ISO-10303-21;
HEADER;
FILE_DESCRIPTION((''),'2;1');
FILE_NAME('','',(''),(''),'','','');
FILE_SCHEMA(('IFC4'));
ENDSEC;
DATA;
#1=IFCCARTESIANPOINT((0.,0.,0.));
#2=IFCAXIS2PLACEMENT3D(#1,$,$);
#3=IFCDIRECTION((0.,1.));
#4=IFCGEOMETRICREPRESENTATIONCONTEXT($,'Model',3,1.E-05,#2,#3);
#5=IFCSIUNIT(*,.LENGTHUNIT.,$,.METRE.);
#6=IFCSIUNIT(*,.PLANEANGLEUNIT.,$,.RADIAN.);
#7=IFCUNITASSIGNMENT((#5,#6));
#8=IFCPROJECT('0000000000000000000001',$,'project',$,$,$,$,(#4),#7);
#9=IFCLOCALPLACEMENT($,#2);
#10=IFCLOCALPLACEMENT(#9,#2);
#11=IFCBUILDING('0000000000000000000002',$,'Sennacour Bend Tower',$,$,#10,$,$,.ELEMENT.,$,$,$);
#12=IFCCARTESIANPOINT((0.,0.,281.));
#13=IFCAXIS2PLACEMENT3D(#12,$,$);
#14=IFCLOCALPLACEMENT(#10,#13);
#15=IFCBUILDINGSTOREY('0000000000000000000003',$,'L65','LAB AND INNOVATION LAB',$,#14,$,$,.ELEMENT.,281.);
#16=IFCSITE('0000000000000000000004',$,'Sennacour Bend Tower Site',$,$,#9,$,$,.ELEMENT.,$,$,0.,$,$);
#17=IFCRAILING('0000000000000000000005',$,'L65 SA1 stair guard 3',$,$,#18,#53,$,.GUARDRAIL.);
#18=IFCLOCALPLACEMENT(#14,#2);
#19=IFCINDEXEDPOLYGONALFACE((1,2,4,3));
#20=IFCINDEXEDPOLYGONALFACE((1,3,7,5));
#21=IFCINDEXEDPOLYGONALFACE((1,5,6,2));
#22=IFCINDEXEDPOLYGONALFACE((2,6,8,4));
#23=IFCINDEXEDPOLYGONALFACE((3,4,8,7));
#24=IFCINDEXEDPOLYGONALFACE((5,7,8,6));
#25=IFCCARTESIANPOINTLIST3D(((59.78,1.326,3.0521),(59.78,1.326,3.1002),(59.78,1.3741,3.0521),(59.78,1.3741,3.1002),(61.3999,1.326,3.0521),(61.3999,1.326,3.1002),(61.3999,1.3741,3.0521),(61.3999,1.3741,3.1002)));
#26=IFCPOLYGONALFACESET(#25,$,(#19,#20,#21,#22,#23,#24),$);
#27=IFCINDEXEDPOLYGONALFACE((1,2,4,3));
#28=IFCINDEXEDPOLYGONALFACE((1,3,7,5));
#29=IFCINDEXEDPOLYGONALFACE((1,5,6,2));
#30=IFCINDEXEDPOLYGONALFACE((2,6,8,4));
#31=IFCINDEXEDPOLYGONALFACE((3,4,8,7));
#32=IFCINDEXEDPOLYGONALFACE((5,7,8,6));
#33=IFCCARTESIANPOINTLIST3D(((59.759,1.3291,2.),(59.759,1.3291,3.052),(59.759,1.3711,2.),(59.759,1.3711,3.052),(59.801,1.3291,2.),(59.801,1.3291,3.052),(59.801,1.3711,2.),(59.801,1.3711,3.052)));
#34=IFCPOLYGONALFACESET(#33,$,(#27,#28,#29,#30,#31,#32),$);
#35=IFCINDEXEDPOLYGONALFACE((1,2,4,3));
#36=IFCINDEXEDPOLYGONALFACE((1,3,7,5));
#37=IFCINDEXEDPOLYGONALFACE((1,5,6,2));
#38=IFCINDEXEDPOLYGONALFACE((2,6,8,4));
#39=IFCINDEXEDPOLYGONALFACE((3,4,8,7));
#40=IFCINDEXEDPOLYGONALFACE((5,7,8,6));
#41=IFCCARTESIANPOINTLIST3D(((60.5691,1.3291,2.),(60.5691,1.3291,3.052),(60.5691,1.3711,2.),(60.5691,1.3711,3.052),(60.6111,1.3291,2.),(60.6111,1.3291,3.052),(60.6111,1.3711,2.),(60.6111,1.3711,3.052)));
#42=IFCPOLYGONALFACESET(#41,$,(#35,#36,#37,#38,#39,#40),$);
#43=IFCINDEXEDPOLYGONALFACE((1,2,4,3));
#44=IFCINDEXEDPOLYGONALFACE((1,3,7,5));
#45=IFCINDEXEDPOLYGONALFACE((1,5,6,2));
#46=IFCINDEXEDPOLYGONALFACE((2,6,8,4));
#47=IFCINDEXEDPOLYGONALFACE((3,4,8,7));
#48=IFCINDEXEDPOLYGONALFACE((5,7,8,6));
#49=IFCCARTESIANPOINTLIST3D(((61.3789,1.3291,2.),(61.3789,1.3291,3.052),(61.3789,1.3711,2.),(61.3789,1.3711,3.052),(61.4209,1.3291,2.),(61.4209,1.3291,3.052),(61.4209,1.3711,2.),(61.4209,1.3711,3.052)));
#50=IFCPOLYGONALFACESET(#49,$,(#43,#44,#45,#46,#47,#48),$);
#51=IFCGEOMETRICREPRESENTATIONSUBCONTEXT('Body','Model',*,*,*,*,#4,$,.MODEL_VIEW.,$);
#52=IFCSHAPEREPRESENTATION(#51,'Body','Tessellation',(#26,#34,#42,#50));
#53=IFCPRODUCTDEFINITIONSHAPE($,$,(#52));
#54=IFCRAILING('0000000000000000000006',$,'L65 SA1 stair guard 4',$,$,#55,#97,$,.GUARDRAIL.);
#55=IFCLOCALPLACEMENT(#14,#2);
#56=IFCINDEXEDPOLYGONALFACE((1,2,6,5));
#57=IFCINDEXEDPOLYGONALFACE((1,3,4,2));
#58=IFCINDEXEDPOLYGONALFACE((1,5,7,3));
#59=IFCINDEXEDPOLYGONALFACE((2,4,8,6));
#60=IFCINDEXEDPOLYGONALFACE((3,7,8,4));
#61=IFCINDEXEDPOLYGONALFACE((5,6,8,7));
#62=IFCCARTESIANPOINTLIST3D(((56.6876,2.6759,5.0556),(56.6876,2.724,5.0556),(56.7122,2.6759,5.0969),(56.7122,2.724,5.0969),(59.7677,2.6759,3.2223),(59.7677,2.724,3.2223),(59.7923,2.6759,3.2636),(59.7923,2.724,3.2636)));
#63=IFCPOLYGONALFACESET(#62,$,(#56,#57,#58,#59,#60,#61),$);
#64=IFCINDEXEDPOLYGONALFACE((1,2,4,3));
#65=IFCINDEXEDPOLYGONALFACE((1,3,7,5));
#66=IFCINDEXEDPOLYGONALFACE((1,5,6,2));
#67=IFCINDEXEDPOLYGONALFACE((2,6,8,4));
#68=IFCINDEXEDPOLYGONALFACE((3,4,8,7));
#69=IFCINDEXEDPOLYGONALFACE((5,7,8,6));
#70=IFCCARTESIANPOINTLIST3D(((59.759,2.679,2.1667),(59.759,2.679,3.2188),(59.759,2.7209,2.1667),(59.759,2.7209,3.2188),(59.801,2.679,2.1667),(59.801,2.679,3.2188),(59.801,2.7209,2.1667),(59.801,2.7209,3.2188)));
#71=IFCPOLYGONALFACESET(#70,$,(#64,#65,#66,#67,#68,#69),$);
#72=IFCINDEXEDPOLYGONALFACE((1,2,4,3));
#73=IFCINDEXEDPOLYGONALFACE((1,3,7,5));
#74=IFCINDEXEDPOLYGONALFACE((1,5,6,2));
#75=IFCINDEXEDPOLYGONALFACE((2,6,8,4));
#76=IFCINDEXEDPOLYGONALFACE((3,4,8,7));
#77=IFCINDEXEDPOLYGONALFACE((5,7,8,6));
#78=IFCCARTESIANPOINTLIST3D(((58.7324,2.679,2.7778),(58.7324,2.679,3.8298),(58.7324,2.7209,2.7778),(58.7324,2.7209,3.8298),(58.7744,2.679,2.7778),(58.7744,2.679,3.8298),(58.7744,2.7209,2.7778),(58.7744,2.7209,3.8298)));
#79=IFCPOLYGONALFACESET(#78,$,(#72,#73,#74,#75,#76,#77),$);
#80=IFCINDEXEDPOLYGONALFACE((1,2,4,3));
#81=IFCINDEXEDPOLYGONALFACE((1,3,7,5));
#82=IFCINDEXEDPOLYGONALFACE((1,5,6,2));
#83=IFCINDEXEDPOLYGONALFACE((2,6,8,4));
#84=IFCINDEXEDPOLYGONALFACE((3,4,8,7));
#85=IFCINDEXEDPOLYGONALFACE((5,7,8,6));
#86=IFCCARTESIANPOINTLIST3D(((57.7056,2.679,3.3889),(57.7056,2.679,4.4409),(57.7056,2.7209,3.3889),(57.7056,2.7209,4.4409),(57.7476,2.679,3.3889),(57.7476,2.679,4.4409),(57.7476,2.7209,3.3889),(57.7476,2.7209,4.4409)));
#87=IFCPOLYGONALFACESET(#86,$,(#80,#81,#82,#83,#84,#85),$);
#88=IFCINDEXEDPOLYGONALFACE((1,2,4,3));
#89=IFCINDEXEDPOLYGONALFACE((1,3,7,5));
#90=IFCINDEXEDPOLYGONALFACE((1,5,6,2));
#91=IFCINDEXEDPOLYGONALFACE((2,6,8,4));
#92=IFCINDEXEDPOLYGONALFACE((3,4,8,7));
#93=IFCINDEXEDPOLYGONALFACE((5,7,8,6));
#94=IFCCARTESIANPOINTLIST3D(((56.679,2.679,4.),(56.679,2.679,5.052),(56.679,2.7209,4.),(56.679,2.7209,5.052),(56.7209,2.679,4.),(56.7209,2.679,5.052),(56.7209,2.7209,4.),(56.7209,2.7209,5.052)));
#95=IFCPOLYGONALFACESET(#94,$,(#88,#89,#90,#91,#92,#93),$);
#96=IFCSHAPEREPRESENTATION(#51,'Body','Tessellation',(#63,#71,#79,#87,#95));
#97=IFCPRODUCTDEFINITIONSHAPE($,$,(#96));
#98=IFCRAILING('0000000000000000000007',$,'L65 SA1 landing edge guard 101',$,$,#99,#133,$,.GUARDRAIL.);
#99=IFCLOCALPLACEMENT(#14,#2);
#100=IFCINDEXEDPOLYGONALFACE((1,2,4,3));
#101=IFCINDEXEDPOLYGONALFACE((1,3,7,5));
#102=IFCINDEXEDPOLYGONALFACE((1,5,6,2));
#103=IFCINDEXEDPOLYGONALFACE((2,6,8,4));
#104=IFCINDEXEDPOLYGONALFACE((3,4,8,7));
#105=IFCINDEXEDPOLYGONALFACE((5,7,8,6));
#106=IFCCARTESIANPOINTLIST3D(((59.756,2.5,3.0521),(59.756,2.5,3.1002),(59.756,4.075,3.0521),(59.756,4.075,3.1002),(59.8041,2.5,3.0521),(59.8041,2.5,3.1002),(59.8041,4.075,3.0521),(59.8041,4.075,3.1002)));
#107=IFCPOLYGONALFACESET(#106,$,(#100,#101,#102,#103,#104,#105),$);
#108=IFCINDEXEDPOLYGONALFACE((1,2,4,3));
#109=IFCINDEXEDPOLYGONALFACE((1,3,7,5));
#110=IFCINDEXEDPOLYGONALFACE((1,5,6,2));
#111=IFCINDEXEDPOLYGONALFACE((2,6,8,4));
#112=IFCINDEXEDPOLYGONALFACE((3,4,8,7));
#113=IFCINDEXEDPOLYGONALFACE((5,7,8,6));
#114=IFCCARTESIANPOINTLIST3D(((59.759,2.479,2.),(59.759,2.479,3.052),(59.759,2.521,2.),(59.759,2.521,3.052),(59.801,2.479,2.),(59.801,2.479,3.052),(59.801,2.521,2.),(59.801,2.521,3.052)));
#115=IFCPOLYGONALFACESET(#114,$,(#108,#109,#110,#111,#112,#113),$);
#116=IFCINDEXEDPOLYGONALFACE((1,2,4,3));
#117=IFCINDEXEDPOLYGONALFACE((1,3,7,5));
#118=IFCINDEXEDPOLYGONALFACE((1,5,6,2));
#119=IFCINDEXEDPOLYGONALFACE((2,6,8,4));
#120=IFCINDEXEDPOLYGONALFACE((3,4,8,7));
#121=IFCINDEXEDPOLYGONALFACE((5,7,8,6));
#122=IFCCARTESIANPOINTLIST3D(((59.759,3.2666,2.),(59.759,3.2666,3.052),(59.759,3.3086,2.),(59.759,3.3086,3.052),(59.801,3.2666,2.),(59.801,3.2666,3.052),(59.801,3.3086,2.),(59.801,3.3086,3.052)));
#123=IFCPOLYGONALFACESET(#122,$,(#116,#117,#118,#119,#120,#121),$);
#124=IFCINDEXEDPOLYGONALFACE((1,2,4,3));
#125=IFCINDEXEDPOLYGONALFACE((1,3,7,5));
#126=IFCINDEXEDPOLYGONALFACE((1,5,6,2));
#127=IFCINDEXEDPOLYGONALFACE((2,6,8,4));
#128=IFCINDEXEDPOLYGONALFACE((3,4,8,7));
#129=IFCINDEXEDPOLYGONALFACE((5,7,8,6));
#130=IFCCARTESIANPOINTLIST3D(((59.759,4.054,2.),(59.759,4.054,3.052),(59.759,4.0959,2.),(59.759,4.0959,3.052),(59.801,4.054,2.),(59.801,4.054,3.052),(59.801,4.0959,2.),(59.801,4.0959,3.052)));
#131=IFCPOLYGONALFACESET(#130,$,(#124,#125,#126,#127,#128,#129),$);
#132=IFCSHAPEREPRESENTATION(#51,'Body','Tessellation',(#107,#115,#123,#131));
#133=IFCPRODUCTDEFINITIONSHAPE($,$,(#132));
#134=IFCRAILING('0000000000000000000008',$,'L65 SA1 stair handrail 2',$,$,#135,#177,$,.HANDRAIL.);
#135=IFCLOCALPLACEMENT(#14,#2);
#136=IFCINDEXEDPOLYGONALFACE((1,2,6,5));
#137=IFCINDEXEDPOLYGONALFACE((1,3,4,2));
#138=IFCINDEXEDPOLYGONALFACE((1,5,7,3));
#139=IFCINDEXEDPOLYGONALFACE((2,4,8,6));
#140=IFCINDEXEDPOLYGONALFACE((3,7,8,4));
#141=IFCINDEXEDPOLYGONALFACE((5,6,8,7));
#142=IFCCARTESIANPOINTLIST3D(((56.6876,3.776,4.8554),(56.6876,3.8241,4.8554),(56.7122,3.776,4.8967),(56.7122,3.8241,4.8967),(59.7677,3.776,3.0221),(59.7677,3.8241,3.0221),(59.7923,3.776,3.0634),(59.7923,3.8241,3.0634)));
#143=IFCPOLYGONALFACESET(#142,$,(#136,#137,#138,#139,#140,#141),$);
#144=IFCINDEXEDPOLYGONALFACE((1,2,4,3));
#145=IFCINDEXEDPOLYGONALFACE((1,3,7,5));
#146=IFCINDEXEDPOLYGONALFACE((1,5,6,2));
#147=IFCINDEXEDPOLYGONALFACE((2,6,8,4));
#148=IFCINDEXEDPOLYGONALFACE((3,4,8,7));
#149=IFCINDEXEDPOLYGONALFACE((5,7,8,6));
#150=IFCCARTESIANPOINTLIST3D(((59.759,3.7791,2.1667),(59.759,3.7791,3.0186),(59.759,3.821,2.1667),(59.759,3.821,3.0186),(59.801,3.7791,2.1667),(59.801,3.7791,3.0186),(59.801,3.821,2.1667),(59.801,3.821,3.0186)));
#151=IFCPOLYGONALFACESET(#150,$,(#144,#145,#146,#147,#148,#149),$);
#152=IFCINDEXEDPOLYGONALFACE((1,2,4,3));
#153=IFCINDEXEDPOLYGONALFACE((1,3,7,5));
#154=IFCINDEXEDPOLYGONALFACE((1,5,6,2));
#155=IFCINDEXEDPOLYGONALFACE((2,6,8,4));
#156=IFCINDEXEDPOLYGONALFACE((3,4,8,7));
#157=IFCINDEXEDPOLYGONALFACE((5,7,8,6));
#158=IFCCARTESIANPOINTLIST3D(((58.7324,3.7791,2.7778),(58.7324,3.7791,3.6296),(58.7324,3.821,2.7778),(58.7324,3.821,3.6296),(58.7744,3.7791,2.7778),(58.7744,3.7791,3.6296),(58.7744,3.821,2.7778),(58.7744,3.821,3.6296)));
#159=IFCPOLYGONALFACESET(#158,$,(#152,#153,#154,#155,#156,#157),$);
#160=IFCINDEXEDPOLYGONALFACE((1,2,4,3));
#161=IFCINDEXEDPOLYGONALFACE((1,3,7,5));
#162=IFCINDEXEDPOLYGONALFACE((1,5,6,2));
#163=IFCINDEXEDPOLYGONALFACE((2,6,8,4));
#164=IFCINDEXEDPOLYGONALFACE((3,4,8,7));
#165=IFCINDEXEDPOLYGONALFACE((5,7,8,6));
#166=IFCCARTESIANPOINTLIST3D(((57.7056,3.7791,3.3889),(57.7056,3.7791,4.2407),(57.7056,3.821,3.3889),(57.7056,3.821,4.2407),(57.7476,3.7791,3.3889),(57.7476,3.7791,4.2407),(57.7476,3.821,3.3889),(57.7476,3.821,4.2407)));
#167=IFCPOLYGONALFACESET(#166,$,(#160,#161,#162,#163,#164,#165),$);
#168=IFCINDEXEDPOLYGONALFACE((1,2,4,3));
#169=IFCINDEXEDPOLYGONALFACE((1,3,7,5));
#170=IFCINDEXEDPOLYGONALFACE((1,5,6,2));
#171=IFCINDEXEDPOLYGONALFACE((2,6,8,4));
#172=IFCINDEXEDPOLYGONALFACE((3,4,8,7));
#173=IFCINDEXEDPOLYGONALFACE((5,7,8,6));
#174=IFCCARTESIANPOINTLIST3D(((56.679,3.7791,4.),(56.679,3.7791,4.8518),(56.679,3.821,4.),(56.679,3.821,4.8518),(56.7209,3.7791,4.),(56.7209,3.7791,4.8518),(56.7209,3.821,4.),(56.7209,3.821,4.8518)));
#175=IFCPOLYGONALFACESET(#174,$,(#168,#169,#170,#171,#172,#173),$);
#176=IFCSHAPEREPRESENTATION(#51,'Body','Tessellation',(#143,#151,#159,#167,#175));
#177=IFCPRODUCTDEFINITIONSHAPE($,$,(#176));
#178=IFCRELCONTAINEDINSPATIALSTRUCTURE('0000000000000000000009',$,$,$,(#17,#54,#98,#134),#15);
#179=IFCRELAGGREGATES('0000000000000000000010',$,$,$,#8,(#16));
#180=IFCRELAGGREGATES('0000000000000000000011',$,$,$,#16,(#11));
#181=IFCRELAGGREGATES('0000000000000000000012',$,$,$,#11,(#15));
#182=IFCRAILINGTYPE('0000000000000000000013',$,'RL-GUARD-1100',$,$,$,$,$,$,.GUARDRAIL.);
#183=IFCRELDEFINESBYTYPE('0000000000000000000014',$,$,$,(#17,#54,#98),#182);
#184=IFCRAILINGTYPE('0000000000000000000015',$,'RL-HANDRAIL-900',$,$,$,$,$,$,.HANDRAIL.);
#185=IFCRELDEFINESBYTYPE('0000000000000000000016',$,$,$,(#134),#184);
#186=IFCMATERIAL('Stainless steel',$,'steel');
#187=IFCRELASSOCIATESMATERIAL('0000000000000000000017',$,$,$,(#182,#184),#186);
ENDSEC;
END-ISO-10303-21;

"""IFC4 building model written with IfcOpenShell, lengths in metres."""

from ifc_helpers import new_model, si_unit, direction, frame, origin, origin_2d, place, context, subcontext, project, spatial, rectangle, extrude, material, type_object, element, save


model = new_model("IFC4")

# Units and contexts
model_context = context("Model", 3, precision=1e-05, world=origin(), true_north=direction((0.0, 1.0)))
body_context = subcontext(model_context, "Body", "Model", "MODEL_VIEW")
ifc_project = project(units=[si_unit("LENGTHUNIT", "METRE"), si_unit("PLANEANGLEUNIT", "RADIAN")], contexts=[model_context])

# Site, building, storey
site_placement = place(None, origin())
site = spatial("IfcSite", under=ifc_project, at=site_placement, Name="Sennacour Bend Tower Site", CompositionType="ELEMENT", RefElevation=0.0)
building_placement = place(site_placement, origin())
building = spatial("IfcBuilding", under=site, at=building_placement, Name="Sennacour Bend Tower", CompositionType="ELEMENT")
storey_placement = place(building_placement, frame((0.0, 0.0, 281.0)))
storey = spatial("IfcBuildingStorey", under=building, at=storey_placement, Name="L65", Description="LAB AND INNOVATION LAB", CompositionType="ELEMENT", Elevation=281.0)

# Shared definitions
ifc_material_1 = material(Name="Stainless steel", Category="steel")

# Railings
railing_type_1 = type_object("IfcRailingType", Name="RL-GUARD-1100", PredefinedType="GUARDRAIL", material=ifc_material_1)
railing_1_placement = place(storey_placement, frame((59.78, 1.3501, 2.0)))
element("IfcRailing", 1, at=railing_1_placement, inside=storey, type_object=railing_type_1, Name="L65 SA1 stair guard 3", PredefinedType="GUARDRAIL", context=body_context, shape_type="SweptSolid", body=[
    extrude(rectangle(XDim=0.0481, YDim=0.0481, at=origin_2d()), frame((0.0, 0.0, 1.0762), z_axis=(1.0, 0.0, 0.0), x_axis=(0.0, 1.0, 0.0)), (0.0, 0.0, 1.0), 1.6199),
    extrude(rectangle(XDim=0.042, YDim=0.042, at=origin_2d()), origin(), (0.0, 0.0, 1.0), 1.052),
    extrude(rectangle(XDim=0.042, YDim=0.042, at=origin_2d()), frame((0.8101, 0.0, 0.0)), (0.0, 0.0, 1.0), 1.052),
    extrude(rectangle(XDim=0.042, YDim=0.042, at=origin_2d()), frame((1.6199, 0.0, 0.0)), (0.0, 0.0, 1.0), 1.052),
])
railing_2_placement = place(storey_placement, frame((59.78, 2.7, 2.1667)))
element("IfcRailing", 2, at=railing_2_placement, inside=storey, type_object=railing_type_1, Name="L65 SA1 stair guard 4", PredefinedType="GUARDRAIL", context=body_context, shape_type="SweptSolid", body=[
    extrude(rectangle(XDim=0.0481, YDim=0.0481, at=origin_2d()), frame((0.0, 0.0, 1.0762), z_axis=(-0.859309, 0.0, 0.511458), x_axis=(0.0, -1.0, 0.0)), (0.0, 0.0, 1.0), 3.5845),
    extrude(rectangle(XDim=0.042, YDim=0.042, at=origin_2d()), origin(), (0.0, 0.0, 1.0), 1.052),
    extrude(rectangle(XDim=0.042, YDim=0.042, at=origin_2d()), frame((-1.0266, 0.0, 0.6111)), (0.0, 0.0, 1.0), 1.052),
    extrude(rectangle(XDim=0.042, YDim=0.042, at=origin_2d()), frame((-2.0535, 0.0, 1.2222)), (0.0, 0.0, 1.0), 1.052),
    extrude(rectangle(XDim=0.042, YDim=0.042, at=origin_2d()), frame((-3.0801, 0.0, 1.8333)), (0.0, 0.0, 1.0), 1.052),
])
railing_3_placement = place(storey_placement, frame((59.78, 2.5, 2.0)))
element("IfcRailing", 3, at=railing_3_placement, inside=storey, type_object=railing_type_1, Name="L65 SA1 landing edge guard 101", PredefinedType="GUARDRAIL", context=body_context, shape_type="SweptSolid", body=[
    extrude(rectangle(XDim=0.0481, YDim=0.0481, at=origin_2d()), frame((0.0, 0.0, 1.0762), z_axis=(0.0, 1.0, 0.0), x_axis=(-1.0, 0.0, 0.0)), (0.0, 0.0, 1.0), 1.575),
    extrude(rectangle(XDim=0.042, YDim=0.042, at=origin_2d()), origin(), (0.0, 0.0, 1.0), 1.052),
    extrude(rectangle(XDim=0.042, YDim=0.042, at=origin_2d()), frame((0.0, 0.7876, 0.0)), (0.0, 0.0, 1.0), 1.052),
    extrude(rectangle(XDim=0.042, YDim=0.042, at=origin_2d()), frame((0.0, 1.575, 0.0)), (0.0, 0.0, 1.0), 1.052),
])
railing_type_2 = type_object("IfcRailingType", Name="RL-HANDRAIL-900", PredefinedType="HANDRAIL", material=ifc_material_1)
railing_4_placement = place(storey_placement, frame((59.78, 3.8, 2.1667)))
element("IfcRailing", 4, at=railing_4_placement, inside=storey, type_object=railing_type_2, Name="L65 SA1 stair handrail 2", PredefinedType="HANDRAIL", context=body_context, shape_type="SweptSolid", body=[
    extrude(rectangle(XDim=0.0481, YDim=0.0481, at=origin_2d()), frame((0.0, 0.0, 0.876), z_axis=(-0.859309, 0.0, 0.511458), x_axis=(0.0, -1.0, 0.0)), (0.0, 0.0, 1.0), 3.5845),
    extrude(rectangle(XDim=0.042, YDim=0.042, at=origin_2d()), origin(), (0.0, 0.0, 1.0), 0.8518),
    extrude(rectangle(XDim=0.042, YDim=0.042, at=origin_2d()), frame((-1.0266, 0.0, 0.6111)), (0.0, 0.0, 1.0), 0.8518),
    extrude(rectangle(XDim=0.042, YDim=0.042, at=origin_2d()), frame((-2.0535, 0.0, 1.2222)), (0.0, 0.0, 1.0), 0.8518),
    extrude(rectangle(XDim=0.042, YDim=0.042, at=origin_2d()), frame((-3.0801, 0.0, 1.8333)), (0.0, 0.0, 1.0), 0.8518),
])

save(model, "model.ifc")
